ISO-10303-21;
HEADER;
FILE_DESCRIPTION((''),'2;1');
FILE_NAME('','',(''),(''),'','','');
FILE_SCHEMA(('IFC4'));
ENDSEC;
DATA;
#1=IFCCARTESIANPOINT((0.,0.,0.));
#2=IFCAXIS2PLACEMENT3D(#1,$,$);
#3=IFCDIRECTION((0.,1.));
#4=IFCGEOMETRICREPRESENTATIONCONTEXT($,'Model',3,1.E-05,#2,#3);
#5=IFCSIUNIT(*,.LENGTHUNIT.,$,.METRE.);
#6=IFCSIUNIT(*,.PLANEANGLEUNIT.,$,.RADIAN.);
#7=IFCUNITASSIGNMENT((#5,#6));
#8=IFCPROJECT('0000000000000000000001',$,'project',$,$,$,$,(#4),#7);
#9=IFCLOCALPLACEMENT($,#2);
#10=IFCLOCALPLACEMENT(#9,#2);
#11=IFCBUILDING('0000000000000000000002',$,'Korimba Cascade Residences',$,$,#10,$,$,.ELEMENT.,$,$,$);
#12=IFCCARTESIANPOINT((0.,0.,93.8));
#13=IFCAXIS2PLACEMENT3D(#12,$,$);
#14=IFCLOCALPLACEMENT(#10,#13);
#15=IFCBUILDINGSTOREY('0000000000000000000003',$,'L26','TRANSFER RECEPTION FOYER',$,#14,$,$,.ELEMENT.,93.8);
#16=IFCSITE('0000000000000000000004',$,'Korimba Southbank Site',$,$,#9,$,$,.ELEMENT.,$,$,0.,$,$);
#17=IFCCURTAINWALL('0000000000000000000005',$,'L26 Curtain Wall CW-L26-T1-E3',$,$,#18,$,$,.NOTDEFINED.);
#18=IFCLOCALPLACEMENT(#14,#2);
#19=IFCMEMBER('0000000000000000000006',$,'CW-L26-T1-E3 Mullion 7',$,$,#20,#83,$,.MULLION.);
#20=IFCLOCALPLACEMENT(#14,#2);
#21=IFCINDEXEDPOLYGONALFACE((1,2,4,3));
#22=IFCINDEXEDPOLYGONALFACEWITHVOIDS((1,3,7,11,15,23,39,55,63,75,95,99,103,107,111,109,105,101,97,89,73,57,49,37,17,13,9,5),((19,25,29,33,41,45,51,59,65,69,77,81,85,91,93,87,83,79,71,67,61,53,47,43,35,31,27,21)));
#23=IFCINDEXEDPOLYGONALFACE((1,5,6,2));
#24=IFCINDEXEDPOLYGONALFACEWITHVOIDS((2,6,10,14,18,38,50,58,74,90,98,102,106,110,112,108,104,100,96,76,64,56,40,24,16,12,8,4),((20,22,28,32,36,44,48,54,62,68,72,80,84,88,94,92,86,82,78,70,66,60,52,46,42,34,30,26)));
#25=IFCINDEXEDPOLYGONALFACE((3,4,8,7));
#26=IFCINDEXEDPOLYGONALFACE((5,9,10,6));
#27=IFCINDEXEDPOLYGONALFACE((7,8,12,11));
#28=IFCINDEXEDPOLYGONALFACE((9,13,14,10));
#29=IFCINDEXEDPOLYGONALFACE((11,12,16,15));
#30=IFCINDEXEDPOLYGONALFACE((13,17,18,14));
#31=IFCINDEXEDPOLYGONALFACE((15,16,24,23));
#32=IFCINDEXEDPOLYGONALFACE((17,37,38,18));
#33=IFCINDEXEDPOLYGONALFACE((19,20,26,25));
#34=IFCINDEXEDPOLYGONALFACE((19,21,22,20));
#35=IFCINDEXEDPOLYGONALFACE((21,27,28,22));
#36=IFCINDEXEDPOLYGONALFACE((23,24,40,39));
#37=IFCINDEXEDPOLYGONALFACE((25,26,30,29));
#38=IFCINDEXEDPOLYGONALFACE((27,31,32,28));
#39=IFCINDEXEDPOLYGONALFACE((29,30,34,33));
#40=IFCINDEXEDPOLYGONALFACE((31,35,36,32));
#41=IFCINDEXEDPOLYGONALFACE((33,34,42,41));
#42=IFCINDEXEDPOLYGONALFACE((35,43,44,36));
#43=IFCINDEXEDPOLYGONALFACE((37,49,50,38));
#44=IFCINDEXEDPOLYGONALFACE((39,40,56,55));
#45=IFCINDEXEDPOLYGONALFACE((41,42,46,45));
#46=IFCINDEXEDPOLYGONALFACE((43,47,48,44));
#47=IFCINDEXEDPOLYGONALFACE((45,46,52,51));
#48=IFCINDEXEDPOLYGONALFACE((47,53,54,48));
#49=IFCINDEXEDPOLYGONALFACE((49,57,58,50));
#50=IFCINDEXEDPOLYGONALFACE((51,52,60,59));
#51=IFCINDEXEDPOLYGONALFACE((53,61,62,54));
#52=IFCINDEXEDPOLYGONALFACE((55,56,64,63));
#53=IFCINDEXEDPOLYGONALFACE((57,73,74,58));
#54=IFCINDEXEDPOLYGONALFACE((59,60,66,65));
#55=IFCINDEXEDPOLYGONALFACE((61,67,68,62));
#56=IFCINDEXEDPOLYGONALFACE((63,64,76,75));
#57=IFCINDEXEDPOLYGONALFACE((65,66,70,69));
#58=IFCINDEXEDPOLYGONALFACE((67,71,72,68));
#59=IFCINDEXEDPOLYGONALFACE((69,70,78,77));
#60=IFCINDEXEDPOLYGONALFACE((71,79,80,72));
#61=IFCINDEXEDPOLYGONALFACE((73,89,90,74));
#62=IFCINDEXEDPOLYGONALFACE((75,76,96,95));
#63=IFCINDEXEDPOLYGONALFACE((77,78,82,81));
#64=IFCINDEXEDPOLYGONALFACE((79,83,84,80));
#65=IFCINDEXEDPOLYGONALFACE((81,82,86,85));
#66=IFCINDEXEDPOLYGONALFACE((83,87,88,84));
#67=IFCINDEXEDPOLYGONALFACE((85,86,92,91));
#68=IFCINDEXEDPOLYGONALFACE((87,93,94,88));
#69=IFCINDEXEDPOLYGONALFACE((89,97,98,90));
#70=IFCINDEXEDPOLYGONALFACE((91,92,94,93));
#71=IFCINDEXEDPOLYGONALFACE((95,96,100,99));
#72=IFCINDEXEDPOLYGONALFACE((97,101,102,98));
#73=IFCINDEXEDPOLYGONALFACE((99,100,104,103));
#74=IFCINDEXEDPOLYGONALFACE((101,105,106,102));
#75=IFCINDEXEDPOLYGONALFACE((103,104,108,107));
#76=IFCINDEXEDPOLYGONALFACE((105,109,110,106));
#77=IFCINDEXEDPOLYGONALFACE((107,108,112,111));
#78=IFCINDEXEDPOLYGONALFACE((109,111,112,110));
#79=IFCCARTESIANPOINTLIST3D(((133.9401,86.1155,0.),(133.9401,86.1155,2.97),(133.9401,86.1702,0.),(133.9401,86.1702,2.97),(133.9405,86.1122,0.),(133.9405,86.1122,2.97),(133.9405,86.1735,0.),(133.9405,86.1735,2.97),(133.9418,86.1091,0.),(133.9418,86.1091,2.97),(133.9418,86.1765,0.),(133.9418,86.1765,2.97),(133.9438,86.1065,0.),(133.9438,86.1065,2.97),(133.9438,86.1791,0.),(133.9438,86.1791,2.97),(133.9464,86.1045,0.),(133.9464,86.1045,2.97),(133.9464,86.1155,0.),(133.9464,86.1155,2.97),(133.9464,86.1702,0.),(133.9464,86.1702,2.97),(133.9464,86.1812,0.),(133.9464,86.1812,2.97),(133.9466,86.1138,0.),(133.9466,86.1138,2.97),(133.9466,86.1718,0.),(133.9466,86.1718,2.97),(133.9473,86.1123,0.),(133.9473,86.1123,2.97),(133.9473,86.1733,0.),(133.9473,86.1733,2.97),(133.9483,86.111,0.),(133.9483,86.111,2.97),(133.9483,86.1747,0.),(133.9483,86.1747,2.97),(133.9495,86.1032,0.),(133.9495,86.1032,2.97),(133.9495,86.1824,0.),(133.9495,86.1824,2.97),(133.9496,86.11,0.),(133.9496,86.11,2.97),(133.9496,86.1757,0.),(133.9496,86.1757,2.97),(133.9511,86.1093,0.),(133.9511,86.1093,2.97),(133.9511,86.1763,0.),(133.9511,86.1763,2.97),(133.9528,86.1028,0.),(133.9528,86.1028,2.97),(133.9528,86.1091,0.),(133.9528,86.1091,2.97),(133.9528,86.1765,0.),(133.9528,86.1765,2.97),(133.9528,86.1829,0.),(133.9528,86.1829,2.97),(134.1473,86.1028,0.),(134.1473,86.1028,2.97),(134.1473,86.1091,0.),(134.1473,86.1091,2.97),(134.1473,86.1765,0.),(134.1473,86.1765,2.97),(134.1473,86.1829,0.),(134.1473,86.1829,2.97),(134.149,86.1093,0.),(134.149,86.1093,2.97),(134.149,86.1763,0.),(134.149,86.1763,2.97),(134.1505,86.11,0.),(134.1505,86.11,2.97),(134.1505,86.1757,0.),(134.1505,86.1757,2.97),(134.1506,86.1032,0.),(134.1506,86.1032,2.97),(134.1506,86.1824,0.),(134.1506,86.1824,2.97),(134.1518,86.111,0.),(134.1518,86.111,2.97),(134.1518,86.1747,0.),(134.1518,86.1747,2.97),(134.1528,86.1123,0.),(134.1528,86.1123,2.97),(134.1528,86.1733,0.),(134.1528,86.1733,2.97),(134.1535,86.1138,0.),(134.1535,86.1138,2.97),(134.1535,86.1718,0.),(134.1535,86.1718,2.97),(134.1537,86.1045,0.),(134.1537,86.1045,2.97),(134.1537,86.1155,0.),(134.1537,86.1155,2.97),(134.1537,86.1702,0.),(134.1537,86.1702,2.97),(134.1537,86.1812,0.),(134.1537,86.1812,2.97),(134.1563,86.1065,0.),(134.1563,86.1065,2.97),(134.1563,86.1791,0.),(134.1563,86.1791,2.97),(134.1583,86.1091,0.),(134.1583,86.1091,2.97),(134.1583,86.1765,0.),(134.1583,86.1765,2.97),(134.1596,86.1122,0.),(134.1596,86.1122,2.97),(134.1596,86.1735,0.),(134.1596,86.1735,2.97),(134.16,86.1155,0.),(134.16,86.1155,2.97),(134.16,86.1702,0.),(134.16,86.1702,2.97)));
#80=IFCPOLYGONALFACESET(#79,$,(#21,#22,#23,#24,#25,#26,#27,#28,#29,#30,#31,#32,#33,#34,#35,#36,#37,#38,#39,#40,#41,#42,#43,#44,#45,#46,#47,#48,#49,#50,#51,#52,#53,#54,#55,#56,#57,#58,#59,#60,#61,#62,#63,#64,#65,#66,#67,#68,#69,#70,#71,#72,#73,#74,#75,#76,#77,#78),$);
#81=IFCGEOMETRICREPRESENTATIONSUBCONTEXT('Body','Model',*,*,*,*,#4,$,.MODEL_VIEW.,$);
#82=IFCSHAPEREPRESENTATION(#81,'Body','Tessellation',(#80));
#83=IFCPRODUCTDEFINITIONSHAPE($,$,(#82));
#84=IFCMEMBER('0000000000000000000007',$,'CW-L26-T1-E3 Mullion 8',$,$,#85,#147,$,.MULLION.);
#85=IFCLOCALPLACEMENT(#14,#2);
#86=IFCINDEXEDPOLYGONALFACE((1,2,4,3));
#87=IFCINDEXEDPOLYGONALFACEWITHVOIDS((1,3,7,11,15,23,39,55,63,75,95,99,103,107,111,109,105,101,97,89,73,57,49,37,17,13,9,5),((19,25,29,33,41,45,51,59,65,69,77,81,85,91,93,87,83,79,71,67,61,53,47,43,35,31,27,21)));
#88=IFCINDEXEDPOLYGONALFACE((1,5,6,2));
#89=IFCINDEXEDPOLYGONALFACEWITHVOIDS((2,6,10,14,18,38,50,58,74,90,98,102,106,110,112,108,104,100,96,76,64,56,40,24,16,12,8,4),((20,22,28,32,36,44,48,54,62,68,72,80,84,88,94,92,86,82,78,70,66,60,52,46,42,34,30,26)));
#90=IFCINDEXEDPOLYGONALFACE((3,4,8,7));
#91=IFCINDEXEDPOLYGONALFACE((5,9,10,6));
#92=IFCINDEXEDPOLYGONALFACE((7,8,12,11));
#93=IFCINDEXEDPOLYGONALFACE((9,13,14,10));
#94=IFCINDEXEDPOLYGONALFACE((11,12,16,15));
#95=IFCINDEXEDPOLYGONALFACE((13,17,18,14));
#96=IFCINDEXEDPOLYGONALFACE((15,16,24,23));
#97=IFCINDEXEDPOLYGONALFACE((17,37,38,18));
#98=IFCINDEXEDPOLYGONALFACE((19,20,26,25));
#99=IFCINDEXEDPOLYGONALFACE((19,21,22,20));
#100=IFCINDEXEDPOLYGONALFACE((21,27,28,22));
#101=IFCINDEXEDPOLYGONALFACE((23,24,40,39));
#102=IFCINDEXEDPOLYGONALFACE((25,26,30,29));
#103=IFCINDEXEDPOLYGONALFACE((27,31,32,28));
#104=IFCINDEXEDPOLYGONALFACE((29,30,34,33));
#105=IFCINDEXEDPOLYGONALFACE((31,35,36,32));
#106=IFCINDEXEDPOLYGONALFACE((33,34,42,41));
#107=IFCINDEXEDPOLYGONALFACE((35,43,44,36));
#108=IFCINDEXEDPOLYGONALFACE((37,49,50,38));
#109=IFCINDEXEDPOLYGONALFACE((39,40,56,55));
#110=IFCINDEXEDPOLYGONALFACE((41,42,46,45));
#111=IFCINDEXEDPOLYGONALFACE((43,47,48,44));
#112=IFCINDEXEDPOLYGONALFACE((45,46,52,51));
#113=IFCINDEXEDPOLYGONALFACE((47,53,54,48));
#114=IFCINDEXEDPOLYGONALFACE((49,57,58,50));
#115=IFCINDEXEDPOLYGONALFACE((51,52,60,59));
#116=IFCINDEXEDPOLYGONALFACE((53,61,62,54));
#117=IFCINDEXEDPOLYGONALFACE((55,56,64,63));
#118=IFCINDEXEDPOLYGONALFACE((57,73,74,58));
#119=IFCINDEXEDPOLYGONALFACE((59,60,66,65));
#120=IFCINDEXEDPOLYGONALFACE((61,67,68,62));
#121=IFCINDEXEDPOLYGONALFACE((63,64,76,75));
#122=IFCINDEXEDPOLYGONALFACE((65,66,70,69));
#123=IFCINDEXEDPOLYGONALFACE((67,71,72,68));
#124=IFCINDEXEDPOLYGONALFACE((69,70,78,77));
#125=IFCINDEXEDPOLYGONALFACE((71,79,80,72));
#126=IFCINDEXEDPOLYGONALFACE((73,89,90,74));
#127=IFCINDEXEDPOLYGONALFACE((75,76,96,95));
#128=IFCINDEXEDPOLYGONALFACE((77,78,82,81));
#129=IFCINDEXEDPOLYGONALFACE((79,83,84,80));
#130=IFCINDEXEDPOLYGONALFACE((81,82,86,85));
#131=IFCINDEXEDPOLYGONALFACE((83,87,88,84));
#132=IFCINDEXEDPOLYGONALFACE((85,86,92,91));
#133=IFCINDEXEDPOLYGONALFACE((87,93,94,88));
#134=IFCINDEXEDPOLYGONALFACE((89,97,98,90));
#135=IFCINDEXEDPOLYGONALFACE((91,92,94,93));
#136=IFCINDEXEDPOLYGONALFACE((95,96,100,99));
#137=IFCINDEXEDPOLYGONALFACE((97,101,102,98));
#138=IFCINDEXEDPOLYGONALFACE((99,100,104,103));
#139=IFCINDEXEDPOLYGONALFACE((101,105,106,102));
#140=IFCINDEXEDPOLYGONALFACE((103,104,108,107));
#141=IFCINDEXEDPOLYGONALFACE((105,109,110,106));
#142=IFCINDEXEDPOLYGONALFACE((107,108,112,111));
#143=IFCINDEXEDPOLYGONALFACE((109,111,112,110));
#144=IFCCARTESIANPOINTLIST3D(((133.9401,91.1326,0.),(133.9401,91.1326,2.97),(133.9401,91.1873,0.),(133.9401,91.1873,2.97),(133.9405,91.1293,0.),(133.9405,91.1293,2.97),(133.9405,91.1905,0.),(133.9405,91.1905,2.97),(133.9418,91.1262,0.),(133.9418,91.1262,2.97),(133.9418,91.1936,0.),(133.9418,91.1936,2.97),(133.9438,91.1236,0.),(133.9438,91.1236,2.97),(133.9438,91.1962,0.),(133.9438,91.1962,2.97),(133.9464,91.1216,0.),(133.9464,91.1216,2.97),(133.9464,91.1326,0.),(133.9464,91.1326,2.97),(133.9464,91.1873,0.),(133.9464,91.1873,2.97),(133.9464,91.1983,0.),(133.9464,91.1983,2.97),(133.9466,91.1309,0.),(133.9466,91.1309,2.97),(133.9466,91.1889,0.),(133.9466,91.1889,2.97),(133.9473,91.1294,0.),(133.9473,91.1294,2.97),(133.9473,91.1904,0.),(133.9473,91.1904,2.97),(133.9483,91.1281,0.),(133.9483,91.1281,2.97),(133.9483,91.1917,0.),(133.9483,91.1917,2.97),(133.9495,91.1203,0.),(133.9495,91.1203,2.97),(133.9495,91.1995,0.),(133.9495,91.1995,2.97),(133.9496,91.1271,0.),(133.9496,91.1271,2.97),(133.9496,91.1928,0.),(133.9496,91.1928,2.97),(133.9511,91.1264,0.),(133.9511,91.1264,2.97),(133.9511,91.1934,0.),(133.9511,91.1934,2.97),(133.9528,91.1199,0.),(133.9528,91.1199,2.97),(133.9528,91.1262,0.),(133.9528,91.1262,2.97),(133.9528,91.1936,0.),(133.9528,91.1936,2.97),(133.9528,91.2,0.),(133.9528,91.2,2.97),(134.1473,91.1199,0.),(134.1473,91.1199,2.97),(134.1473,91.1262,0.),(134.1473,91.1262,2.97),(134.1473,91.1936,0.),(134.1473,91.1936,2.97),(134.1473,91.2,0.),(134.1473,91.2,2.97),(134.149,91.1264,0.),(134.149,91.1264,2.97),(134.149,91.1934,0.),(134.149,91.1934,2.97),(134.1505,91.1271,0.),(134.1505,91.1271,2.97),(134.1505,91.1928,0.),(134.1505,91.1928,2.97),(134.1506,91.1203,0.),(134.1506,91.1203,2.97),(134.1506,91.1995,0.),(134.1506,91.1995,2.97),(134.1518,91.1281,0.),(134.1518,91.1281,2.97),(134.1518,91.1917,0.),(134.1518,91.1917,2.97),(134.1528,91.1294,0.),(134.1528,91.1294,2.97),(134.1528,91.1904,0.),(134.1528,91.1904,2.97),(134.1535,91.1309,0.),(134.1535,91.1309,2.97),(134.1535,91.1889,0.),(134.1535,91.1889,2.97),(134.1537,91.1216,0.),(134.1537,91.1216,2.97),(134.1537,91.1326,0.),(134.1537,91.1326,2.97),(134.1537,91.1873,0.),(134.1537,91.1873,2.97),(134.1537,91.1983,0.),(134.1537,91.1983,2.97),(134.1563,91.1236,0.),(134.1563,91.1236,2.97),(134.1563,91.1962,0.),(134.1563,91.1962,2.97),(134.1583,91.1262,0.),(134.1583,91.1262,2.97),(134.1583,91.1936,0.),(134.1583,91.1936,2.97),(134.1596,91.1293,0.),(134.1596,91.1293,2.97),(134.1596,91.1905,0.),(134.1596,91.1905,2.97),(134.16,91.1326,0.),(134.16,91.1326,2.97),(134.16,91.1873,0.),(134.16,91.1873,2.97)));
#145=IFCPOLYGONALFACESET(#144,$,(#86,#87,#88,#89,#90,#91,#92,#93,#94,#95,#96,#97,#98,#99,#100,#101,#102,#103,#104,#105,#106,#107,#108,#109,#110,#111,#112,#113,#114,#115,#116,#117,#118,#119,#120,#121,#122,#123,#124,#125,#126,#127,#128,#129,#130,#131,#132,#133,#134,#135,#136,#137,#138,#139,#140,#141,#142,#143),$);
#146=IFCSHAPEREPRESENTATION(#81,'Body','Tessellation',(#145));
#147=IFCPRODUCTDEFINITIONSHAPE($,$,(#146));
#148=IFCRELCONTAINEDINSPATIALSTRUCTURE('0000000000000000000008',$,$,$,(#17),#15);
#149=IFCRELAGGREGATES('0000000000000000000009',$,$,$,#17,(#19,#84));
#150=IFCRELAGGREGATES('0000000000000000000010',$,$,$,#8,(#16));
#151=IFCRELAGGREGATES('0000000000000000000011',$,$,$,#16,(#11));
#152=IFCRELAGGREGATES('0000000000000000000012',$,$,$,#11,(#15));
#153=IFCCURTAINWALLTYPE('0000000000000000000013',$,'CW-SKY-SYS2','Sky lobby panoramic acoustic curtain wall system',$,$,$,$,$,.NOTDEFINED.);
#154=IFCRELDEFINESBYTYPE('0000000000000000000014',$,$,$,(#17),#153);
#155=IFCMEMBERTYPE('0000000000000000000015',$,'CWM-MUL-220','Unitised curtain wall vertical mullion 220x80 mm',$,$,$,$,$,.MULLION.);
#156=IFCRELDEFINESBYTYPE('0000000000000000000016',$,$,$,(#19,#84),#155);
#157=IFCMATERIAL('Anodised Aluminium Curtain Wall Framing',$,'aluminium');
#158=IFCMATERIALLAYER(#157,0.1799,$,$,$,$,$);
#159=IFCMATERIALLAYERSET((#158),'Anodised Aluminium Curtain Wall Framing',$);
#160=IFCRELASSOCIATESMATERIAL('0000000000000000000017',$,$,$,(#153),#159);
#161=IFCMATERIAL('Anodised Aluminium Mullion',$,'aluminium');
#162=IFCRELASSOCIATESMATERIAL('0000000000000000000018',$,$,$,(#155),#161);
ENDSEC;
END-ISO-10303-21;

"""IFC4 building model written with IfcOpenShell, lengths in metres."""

from ifc_helpers import new_model, si_unit, direction, frame, origin, origin_2d, place, context, subcontext, project, spatial, hollow_rectangle, extrude, material, layer, layer_set, material_profile, profile_set, type_object, element, aggregate, save


model = new_model("IFC4")

# Units and contexts
model_context = context("Model", 3, precision=1e-05, world=origin(), true_north=direction((0.0, 1.0)))
body_context = subcontext(model_context, "Body", "Model", "MODEL_VIEW")
ifc_project = project(units=[si_unit("LENGTHUNIT", "METRE"), si_unit("PLANEANGLEUNIT", "RADIAN")], contexts=[model_context])

# Site, building, storey
site_placement = place(None, origin())
site = spatial("IfcSite", under=ifc_project, at=site_placement, Name="Korimba Southbank Site", CompositionType="ELEMENT", RefElevation=0.0)
building_placement = place(site_placement, origin())
building = spatial("IfcBuilding", under=site, at=building_placement, Name="Korimba Cascade Residences", CompositionType="ELEMENT")
storey_placement = place(building_placement, frame((0.0, 0.0, 93.8)))
storey = spatial("IfcBuildingStorey", under=building, at=storey_placement, Name="L26", Description="TRANSFER RECEPTION FOYER", CompositionType="ELEMENT", Elevation=93.8)

# Curtain wall, members
ifc_material_1 = material(Name="Anodised Aluminium Curtain Wall Framing", Category="aluminium")
ifc_layer_1 = layer(ifc_material_1, 0.1799)
ifc_layer_set_1 = layer_set([ifc_layer_1], Name="Anodised Aluminium Curtain Wall Framing")
curtain_wall_type = type_object("IfcCurtainWallType", Name="CW-SKY-SYS2", Description="Sky lobby panoramic acoustic curtain wall system", PredefinedType="NOTDEFINED", material=ifc_layer_set_1)
curtain_wall_placement = place(storey_placement, origin())
curtain_wall = element("IfcCurtainWall", 1, at=curtain_wall_placement, inside=storey, type_object=curtain_wall_type, Name="L26 Curtain Wall CW-L26-T1-E3", PredefinedType="NOTDEFINED")
ifc_material_2 = material(Name="Anodised Aluminium Mullion", Category="aluminium")
ifc_material_profile_1 = material_profile(ifc_material_2, hollow_rectangle(XDim=0.0801, YDim=0.22, WallThickness=0.0063, InnerFilletRadius=0.0063, OuterFilletRadius=0.0127, at=origin_2d()), Name="Anodised Aluminium Mullion")
ifc_profile_set_1 = profile_set([ifc_material_profile_1], Name="Anodised Aluminium Mullion")
member_type_1 = type_object("IfcMemberType", Name="CWM-MUL-220", Description="Unitised curtain wall vertical mullion 220x80 mm", PredefinedType="MULLION", material=ifc_profile_set_1)
member_1_placement = place(storey_placement, frame((134.05, 86.1428, 0.0), z_axis=(0.0, 0.0, 1.0), x_axis=(0.0, 1.0, 0.0)))
member_1 = element("IfcMember", 2, at=member_1_placement, type_object=member_type_1, Name="CW-L26-T1-E3 Mullion 7", PredefinedType="MULLION", context=body_context, shape_type="SweptSolid", body=[
    extrude(hollow_rectangle(XDim=0.0801, YDim=0.22, WallThickness=0.0063, InnerFilletRadius=0.0063, OuterFilletRadius=0.0127, at=origin_2d()), origin(), (0.0, 0.0, 1.0), 2.97),
])
member_2_placement = place(storey_placement, frame((134.05, 91.1599, 0.0), z_axis=(0.0, 0.0, 1.0), x_axis=(0.0, 1.0, 0.0)))
member_2 = element("IfcMember", 3, at=member_2_placement, type_object=member_type_1, Name="CW-L26-T1-E3 Mullion 8", PredefinedType="MULLION", context=body_context, shape_type="SweptSolid", body=[
    extrude(hollow_rectangle(XDim=0.0801, YDim=0.22, WallThickness=0.0063, InnerFilletRadius=0.0063, OuterFilletRadius=0.0127, at=origin_2d()), origin(), (0.0, 0.0, 1.0), 2.97),
])
aggregate(curtain_wall, [member_1, member_2])

save(model, "model.ifc")
